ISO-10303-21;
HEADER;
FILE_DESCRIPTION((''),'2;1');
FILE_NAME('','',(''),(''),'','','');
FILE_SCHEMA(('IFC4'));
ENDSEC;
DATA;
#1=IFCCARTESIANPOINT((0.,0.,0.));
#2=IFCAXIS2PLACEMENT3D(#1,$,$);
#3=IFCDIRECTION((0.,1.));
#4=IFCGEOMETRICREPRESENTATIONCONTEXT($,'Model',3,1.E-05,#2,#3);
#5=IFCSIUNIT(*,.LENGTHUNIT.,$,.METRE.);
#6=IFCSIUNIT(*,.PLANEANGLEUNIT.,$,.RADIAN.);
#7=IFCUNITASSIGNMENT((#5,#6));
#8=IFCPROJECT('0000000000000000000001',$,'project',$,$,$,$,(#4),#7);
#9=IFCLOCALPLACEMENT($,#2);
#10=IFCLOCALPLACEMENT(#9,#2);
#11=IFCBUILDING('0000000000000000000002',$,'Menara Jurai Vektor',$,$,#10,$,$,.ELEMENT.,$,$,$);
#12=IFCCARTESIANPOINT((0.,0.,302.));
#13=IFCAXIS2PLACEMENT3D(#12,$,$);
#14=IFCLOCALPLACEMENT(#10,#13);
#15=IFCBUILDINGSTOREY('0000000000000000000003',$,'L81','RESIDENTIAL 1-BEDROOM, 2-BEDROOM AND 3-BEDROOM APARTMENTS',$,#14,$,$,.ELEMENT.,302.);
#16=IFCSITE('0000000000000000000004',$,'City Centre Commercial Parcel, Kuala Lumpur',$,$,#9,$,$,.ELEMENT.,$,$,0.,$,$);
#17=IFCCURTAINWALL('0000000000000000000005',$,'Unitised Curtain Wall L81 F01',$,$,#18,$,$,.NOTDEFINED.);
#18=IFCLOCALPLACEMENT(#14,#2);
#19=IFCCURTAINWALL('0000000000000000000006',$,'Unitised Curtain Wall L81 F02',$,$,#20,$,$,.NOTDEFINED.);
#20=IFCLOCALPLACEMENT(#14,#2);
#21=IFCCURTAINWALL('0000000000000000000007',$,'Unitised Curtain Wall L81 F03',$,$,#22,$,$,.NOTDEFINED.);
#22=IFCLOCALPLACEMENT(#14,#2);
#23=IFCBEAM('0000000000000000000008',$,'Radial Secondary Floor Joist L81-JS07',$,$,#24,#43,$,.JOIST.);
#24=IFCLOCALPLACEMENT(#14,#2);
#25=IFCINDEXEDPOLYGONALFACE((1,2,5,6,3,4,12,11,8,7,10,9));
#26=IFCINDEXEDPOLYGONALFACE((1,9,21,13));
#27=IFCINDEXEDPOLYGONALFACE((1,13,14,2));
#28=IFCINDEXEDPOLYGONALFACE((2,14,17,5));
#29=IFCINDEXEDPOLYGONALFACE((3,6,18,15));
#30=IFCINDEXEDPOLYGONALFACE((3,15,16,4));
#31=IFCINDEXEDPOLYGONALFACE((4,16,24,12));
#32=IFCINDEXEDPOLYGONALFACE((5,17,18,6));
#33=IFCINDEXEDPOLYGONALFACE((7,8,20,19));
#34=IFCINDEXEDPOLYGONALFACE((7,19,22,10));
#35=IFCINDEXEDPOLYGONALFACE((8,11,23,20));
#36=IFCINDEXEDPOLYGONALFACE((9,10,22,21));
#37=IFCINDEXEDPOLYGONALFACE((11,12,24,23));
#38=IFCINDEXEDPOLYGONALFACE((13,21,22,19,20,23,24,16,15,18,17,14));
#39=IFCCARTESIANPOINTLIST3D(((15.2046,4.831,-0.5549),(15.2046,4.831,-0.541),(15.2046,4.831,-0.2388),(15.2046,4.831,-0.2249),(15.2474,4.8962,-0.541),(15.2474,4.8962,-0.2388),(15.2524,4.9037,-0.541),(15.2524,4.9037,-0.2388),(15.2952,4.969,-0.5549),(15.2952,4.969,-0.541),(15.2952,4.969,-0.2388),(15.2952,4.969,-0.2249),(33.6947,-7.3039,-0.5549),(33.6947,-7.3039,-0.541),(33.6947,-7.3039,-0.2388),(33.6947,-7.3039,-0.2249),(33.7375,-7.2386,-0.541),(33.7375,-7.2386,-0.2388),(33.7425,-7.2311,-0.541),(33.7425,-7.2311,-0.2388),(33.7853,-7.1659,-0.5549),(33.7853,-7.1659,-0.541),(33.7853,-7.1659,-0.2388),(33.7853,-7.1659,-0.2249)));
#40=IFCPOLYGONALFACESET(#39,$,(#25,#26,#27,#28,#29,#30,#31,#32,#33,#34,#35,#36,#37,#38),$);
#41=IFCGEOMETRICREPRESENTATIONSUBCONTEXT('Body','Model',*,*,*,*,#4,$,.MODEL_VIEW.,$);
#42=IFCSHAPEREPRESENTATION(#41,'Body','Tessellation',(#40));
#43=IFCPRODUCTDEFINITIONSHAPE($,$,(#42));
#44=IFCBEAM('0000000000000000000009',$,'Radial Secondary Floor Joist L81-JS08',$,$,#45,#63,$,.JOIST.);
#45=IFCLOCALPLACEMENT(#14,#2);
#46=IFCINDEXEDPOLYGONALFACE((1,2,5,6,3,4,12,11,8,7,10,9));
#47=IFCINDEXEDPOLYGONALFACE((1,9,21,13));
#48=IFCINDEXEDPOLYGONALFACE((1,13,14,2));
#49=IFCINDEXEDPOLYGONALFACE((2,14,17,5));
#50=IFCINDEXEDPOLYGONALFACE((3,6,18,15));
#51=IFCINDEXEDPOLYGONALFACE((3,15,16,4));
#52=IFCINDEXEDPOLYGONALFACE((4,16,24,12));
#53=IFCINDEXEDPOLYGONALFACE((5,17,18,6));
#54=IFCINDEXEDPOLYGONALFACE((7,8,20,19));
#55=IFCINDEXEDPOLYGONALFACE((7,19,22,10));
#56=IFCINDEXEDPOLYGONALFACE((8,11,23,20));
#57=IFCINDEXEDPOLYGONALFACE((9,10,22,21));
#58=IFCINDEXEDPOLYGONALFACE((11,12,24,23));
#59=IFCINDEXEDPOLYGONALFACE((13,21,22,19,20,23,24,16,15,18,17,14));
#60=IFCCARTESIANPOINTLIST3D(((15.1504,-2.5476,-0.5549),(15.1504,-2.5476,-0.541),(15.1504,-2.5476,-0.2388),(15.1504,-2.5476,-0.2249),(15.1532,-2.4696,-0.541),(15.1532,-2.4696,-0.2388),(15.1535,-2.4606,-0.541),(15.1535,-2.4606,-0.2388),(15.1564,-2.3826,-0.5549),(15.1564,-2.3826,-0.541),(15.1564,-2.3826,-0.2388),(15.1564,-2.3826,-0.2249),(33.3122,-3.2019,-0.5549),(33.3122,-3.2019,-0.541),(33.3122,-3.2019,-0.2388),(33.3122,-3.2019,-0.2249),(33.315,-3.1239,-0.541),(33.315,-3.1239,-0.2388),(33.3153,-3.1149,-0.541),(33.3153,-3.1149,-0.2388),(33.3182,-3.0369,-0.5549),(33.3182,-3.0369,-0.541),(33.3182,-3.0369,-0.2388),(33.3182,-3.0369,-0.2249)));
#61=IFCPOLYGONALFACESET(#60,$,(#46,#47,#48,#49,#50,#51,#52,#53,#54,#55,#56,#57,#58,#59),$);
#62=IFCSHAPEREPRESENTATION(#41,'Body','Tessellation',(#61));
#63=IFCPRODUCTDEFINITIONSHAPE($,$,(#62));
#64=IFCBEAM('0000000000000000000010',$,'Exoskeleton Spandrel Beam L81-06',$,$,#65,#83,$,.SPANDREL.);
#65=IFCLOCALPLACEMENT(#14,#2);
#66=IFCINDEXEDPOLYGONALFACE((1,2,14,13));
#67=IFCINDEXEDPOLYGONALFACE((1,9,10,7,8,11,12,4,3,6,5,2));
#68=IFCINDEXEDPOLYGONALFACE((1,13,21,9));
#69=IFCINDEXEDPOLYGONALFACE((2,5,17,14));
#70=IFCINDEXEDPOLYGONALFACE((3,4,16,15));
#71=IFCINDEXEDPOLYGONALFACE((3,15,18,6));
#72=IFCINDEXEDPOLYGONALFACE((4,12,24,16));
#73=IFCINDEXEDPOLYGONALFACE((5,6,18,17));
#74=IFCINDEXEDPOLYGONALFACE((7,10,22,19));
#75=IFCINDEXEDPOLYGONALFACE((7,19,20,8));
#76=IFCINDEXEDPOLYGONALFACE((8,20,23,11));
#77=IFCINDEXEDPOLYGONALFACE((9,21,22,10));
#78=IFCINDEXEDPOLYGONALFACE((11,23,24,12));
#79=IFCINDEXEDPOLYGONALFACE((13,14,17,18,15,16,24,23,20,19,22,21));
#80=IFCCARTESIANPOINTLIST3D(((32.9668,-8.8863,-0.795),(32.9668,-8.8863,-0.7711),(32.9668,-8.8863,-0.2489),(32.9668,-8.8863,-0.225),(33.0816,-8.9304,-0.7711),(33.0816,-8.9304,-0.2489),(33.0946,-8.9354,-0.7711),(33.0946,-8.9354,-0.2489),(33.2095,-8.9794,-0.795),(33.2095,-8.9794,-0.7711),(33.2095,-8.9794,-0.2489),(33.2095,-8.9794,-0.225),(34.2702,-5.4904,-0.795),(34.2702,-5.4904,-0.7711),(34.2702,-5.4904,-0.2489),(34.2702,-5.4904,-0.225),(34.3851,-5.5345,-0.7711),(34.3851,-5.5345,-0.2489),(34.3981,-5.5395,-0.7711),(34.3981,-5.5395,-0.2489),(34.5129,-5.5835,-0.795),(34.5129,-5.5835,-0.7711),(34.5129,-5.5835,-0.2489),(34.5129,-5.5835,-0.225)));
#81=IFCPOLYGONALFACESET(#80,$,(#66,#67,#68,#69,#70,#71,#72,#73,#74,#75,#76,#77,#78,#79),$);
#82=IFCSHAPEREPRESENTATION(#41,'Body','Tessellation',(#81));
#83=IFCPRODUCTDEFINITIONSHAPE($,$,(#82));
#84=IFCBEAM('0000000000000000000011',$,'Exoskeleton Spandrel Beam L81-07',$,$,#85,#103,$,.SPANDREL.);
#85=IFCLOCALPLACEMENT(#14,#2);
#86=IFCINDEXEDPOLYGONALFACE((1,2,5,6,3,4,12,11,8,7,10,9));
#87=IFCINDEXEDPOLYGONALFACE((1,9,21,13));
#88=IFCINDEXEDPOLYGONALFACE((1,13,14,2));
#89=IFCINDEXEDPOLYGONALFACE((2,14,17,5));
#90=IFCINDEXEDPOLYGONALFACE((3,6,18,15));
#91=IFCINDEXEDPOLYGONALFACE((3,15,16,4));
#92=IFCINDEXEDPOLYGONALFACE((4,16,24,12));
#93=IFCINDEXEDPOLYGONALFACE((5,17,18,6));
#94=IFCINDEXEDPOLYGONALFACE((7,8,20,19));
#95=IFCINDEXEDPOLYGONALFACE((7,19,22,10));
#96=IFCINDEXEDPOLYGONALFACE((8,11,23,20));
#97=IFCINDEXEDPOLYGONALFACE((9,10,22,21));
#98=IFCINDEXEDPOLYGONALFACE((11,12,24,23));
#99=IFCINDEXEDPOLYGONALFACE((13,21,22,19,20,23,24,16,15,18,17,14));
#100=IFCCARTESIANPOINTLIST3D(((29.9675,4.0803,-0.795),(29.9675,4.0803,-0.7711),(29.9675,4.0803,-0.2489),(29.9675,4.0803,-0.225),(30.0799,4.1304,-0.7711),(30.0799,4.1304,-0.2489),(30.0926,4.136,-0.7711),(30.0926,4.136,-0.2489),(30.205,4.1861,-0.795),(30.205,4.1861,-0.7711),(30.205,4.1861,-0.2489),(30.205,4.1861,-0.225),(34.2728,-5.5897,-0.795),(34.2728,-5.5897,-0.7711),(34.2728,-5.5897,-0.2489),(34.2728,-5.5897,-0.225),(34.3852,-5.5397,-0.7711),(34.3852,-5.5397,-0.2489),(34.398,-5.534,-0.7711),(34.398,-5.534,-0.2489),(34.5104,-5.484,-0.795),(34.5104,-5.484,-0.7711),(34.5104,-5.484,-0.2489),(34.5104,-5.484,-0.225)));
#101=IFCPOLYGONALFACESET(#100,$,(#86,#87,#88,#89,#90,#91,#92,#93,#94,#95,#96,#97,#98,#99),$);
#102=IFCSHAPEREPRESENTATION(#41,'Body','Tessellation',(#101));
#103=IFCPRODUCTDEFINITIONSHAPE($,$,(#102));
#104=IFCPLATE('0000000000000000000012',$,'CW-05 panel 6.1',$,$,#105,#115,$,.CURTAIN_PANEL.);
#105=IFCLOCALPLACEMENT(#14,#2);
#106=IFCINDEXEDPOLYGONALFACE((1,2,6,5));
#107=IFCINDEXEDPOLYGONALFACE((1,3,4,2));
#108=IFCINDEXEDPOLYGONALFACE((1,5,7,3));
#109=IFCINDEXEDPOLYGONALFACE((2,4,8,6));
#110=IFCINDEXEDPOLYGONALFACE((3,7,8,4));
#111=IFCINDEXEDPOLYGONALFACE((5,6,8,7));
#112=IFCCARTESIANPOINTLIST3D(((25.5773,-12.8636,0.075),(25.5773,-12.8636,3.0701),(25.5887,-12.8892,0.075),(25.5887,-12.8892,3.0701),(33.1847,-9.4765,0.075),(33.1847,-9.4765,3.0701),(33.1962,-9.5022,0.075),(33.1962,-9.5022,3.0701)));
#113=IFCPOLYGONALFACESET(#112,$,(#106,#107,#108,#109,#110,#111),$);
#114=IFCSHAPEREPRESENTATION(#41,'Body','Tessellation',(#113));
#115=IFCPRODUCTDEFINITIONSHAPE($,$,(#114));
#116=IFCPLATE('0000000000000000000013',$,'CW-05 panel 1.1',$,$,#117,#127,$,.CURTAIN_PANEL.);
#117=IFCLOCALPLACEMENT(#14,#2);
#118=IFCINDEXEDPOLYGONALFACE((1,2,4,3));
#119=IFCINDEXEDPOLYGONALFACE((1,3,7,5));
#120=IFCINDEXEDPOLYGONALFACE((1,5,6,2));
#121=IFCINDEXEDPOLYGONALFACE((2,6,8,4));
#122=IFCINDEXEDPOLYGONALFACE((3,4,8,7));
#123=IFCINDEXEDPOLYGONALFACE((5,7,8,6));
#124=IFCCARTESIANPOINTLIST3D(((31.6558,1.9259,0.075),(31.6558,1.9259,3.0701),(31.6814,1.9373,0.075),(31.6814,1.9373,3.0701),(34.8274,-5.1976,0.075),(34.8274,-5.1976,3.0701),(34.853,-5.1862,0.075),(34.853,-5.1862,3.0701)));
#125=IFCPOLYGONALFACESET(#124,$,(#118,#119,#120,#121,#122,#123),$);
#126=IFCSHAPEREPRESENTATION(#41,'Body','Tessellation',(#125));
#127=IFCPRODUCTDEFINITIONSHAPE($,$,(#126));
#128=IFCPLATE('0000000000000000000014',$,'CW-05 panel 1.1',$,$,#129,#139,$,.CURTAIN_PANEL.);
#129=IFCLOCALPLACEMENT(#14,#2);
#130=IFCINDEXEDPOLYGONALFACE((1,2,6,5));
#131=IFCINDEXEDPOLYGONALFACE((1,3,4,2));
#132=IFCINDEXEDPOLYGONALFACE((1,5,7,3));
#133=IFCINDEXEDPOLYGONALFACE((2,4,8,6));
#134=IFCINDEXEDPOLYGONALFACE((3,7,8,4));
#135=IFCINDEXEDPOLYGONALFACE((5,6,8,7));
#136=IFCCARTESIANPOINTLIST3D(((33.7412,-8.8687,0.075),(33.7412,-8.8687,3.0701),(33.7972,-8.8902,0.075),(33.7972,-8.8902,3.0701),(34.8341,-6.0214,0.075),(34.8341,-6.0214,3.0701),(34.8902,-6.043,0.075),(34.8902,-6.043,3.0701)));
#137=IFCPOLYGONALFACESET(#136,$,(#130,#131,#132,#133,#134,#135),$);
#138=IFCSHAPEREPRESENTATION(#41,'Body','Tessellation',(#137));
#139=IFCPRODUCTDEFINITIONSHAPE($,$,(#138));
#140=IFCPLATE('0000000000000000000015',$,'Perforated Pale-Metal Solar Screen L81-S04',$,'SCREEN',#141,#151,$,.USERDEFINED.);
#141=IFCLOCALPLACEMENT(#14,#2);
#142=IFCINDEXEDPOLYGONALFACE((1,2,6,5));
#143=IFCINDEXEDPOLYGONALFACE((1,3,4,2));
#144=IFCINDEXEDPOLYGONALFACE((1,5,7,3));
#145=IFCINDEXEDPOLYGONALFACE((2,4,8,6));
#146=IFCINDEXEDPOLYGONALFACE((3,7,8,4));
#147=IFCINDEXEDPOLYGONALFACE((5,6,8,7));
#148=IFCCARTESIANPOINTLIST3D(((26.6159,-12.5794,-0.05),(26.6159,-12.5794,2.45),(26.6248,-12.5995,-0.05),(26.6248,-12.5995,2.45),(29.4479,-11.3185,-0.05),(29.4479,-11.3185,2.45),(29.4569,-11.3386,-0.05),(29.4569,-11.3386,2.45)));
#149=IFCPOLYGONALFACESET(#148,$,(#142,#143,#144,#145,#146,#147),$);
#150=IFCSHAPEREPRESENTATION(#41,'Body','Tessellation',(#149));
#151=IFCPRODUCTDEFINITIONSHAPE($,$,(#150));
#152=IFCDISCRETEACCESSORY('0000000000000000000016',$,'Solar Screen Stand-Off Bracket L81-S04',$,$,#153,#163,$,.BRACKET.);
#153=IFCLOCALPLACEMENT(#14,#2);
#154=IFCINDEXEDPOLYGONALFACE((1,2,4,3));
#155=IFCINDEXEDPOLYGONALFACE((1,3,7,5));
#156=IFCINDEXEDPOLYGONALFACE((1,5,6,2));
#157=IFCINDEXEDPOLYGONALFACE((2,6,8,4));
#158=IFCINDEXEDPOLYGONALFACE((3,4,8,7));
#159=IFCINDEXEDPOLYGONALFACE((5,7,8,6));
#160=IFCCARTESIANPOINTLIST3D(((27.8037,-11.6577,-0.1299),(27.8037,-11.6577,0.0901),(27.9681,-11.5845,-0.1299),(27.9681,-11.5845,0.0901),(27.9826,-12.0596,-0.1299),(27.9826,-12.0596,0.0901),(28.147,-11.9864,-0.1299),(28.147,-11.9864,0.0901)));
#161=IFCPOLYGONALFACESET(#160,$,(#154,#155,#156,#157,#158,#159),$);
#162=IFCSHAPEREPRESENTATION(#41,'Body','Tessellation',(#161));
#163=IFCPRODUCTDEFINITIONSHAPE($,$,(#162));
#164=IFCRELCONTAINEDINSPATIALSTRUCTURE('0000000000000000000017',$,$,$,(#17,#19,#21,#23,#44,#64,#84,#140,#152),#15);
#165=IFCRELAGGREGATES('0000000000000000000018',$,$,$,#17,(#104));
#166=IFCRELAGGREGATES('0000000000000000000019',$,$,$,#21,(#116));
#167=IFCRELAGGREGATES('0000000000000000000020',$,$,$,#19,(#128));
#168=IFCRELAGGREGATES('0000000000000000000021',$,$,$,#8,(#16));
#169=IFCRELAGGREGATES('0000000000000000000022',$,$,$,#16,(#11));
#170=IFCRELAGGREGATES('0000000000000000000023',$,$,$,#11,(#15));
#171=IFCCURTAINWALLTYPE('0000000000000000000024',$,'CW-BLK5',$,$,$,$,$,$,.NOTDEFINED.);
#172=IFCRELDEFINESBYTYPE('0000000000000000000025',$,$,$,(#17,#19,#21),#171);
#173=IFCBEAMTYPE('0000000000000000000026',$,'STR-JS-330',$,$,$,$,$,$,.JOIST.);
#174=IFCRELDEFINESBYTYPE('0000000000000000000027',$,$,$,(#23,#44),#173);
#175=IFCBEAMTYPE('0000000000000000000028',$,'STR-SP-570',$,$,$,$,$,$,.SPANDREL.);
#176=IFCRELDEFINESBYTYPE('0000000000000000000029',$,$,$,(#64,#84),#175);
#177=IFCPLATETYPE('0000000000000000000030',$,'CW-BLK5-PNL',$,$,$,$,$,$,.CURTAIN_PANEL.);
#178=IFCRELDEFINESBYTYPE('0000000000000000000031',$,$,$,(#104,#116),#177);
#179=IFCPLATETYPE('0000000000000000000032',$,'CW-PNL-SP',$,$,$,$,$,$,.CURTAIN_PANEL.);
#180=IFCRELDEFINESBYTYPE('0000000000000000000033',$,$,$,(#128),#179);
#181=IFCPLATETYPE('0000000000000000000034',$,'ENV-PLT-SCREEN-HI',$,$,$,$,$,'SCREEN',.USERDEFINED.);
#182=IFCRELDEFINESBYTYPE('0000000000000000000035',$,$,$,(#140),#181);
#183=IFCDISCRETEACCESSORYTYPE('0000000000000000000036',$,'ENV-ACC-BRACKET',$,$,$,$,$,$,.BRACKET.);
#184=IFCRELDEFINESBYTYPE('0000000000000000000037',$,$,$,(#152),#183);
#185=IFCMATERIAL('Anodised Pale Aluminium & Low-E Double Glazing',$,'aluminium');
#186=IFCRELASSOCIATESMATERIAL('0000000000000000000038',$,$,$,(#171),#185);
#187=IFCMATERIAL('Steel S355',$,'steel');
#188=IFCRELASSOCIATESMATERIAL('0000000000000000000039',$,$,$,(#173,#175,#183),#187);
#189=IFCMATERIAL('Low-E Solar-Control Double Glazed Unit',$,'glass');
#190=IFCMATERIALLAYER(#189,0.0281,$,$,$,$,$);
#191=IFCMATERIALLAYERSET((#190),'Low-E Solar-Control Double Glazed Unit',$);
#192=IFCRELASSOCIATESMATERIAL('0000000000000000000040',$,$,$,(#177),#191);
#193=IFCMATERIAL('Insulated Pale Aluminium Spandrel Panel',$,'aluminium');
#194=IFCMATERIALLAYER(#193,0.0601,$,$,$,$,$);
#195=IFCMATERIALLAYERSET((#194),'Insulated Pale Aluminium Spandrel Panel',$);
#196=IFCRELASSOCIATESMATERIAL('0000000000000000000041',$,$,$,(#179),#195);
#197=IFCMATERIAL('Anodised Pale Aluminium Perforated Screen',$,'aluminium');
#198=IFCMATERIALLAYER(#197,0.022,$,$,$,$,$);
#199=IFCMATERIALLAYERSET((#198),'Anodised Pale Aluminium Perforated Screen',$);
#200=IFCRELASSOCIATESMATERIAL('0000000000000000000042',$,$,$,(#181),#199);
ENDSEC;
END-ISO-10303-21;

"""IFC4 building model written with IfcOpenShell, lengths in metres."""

from ifc_helpers import new_model, si_unit, direction, frame, origin, origin_2d, place, context, subcontext, project, spatial, rectangle, i_section, extrude, material, layer, layer_set, material_profile, profile_set, type_object, element, aggregate, save


model = new_model("IFC4")

# Units and contexts
model_context = context("Model", 3, precision=1e-05, world=origin(), true_north=direction((0.0, 1.0)))
body_context = subcontext(model_context, "Body", "Model", "MODEL_VIEW")
ifc_project = project(units=[si_unit("LENGTHUNIT", "METRE"), si_unit("PLANEANGLEUNIT", "RADIAN")], contexts=[model_context])

# Site, building, storey
site_placement = place(None, origin())
site = spatial("IfcSite", under=ifc_project, at=site_placement, Name="City Centre Commercial Parcel, Kuala Lumpur", CompositionType="ELEMENT", RefElevation=0.0)
building_placement = place(site_placement, origin())
building = spatial("IfcBuilding", under=site, at=building_placement, Name="Menara Jurai Vektor", CompositionType="ELEMENT")
storey_placement = place(building_placement, frame((0.0, 0.0, 302.0)))
storey = spatial("IfcBuildingStorey", under=building, at=storey_placement, Name="L81", Description="RESIDENTIAL 1-BEDROOM, 2-BEDROOM AND 3-BEDROOM APARTMENTS", CompositionType="ELEMENT", Elevation=302.0)

# Curtain walls
ifc_material_1 = material(Name="Anodised Pale Aluminium & Low-E Double Glazing", Category="aluminium")
curtain_wall_type = type_object("IfcCurtainWallType", Name="CW-BLK5", PredefinedType="NOTDEFINED", material=ifc_material_1)
curtain_wall_1_placement = place(storey_placement, origin())
curtain_wall_1 = element("IfcCurtainWall", 1, at=curtain_wall_1_placement, inside=storey, type_object=curtain_wall_type, Name="Unitised Curtain Wall L81 F01", PredefinedType="NOTDEFINED")
curtain_wall_2_placement = place(storey_placement, origin())
curtain_wall_2 = element("IfcCurtainWall", 2, at=curtain_wall_2_placement, inside=storey, type_object=curtain_wall_type, Name="Unitised Curtain Wall L81 F02", PredefinedType="NOTDEFINED")

# Curtain wall
curtain_wall_3_placement = place(storey_placement, origin())
curtain_wall_3 = element("IfcCurtainWall", 3, at=curtain_wall_3_placement, inside=storey, type_object=curtain_wall_type, Name="Unitised Curtain Wall L81 F03", PredefinedType="NOTDEFINED")

# Shared definitions
ifc_material_2 = material(Name="Steel S355", Category="steel")

# Beams
ifc_material_profile_1 = material_profile(ifc_material_2, i_section(OverallWidth=0.165, OverallDepth=0.3301, WebThickness=0.009, FlangeThickness=0.0139, at=origin_2d()), Name="PG 330x165x46")
ifc_profile_set_1 = profile_set([ifc_material_profile_1], Name="Steel S355")
beam_type_1 = type_object("IfcBeamType", Name="STR-JS-330", PredefinedType="JOIST", material=ifc_profile_set_1)
beam_1_placement = place(storey_placement, frame((33.74, -7.2349, -0.3899), z_axis=(-0.836033, 0.548679, 0.0), x_axis=(-0.548679, -0.836033, 0.0)))
element("IfcBeam", 4, at=beam_1_placement, inside=storey, type_object=beam_type_1, Name="Radial Secondary Floor Joist L81-JS07", PredefinedType="JOIST", context=body_context, shape_type="SweptSolid", body=[
    extrude(i_section(OverallWidth=0.165, OverallDepth=0.3301, WebThickness=0.009, FlangeThickness=0.0139, at=origin_2d()), origin(), (0.0, 0.0, 1.0), 22.1165),
])
beam_2_placement = place(storey_placement, frame((33.3152, -3.1194, -0.3899), z_axis=(-0.999352, 0.036003, 0.0), x_axis=(-0.036003, -0.999352, 0.0)))
element("IfcBeam", 5, at=beam_2_placement, inside=storey, type_object=beam_type_1, Name="Radial Secondary Floor Joist L81-JS08", PredefinedType="JOIST", context=body_context, shape_type="SweptSolid", body=[
    extrude(i_section(OverallWidth=0.165, OverallDepth=0.3301, WebThickness=0.009, FlangeThickness=0.0139, at=origin_2d()), origin(), (0.0, 0.0, 1.0), 18.1736),
])
ifc_material_profile_2 = material_profile(ifc_material_2, i_section(OverallWidth=0.26, OverallDepth=0.5701, WebThickness=0.0139, FlangeThickness=0.0239, at=origin_2d()), Name="PG 570x260x145")
ifc_profile_set_2 = profile_set([ifc_material_profile_2], Name="Steel S355")
beam_type_2 = type_object("IfcBeamType", Name="STR-SP-570", PredefinedType="SPANDREL", material=ifc_profile_set_2)
beam_3_placement = place(storey_placement, frame((33.0881, -8.9329, -0.51), z_axis=(0.358336, 0.933593, 0.0), x_axis=(-0.933593, 0.358336, 0.0)))
element("IfcBeam", 6, at=beam_3_placement, inside=storey, type_object=beam_type_2, Name="Exoskeleton Spandrel Beam L81-06", PredefinedType="SPANDREL", context=body_context, shape_type="SweptSolid", body=[
    extrude(i_section(OverallWidth=0.26, OverallDepth=0.5701, WebThickness=0.0139, FlangeThickness=0.0239, at=origin_2d()), origin(), (0.0, 0.0, 1.0), 3.6375),
])
beam_4_placement = place(storey_placement, frame((34.3916, -5.5369, -0.51), z_axis=(-0.406735, 0.913546, 0.0), x_axis=(-0.913546, -0.406735, 0.0)))
element("IfcBeam", 7, at=beam_4_placement, inside=storey, type_object=beam_type_2, Name="Exoskeleton Spandrel Beam L81-07", PredefinedType="SPANDREL", context=body_context, shape_type="SweptSolid", body=[
    extrude(i_section(OverallWidth=0.26, OverallDepth=0.5701, WebThickness=0.0139, FlangeThickness=0.0239, at=origin_2d()), origin(), (0.0, 0.0, 1.0), 10.5852),
])

# Plates
ifc_material_3 = material(Name="Low-E Solar-Control Double Glazed Unit", Category="glass")
ifc_layer_1 = layer(ifc_material_3, 0.0281)
ifc_layer_set_1 = layer_set([ifc_layer_1], Name="Low-E Solar-Control Double Glazed Unit")
plate_type_1 = type_object("IfcPlateType", Name="CW-BLK5-PNL", PredefinedType="CURTAIN_PANEL", material=ifc_layer_set_1)
plate_1_placement = place(storey_placement, frame((29.3867, -11.1829, 0.075), z_axis=(0.0, 0.0, 1.0), x_axis=(0.913546, 0.406735, 0.0)))
plate_1 = element("IfcPlate", 8, at=plate_1_placement, type_object=plate_type_1, Name="CW-05 panel 6.1", PredefinedType="CURTAIN_PANEL", context=body_context, shape_type="SweptSolid", body=[
    extrude(rectangle(XDim=8.3274, YDim=0.0281, at=origin_2d()), origin(), (0.0, 0.0, 1.0), 2.9951),
])
aggregate(curtain_wall_1, [plate_1])
plate_2_placement = place(storey_placement, frame((33.2544, -1.6301, 0.075), z_axis=(0.0, 0.0, 1.0), x_axis=(-0.406735, 0.913546, 0.0)))
plate_2 = element("IfcPlate", 9, at=plate_2_placement, type_object=plate_type_1, Name="CW-05 panel 1.1", PredefinedType="CURTAIN_PANEL", context=body_context, shape_type="SweptSolid", body=[
    extrude(rectangle(XDim=7.7976, YDim=0.0281, at=origin_2d()), origin(), (0.0, 0.0, 1.0), 2.9951),
])
aggregate(curtain_wall_3, [plate_2])
ifc_material_4 = material(Name="Insulated Pale Aluminium Spandrel Panel", Category="aluminium")
ifc_layer_2 = layer(ifc_material_4, 0.0601)
ifc_layer_set_2 = layer_set([ifc_layer_2], Name="Insulated Pale Aluminium Spandrel Panel")
plate_type_2 = type_object("IfcPlateType", Name="CW-PNL-SP", PredefinedType="CURTAIN_PANEL", material=ifc_layer_set_2)
plate_3_placement = place(storey_placement, frame((34.3157, -7.4558, 0.075), z_axis=(0.0, 0.0, 1.0), x_axis=(0.358374, 0.933578, 0.0)))
plate_3 = element("IfcPlate", 10, at=plate_3_placement, type_object=plate_type_2, Name="CW-05 panel 1.1", PredefinedType="CURTAIN_PANEL", context=body_context, shape_type="SweptSolid", body=[
    extrude(rectangle(XDim=3.0498, YDim=0.0601, at=origin_2d()), origin(), (0.0, 0.0, 1.0), 2.9951),
])
aggregate(curtain_wall_2, [plate_3])
ifc_material_5 = material(Name="Anodised Pale Aluminium Perforated Screen", Category="aluminium")
ifc_layer_3 = layer(ifc_material_5, 0.022)
ifc_layer_set_3 = layer_set([ifc_layer_3], Name="Anodised Pale Aluminium Perforated Screen")
plate_type_3 = type_object("IfcPlateType", Name="ENV-PLT-SCREEN-HI", ElementType="SCREEN", PredefinedType="USERDEFINED", material=ifc_layer_set_3)
plate_4_placement = place(storey_placement, frame((28.0364, -11.959, -0.05), z_axis=(0.0, 0.0, 1.0), x_axis=(0.913545, 0.406737, 0.0)))
element("IfcPlate", 11, at=plate_4_placement, inside=storey, type_object=plate_type_3, Name="Perforated Pale-Metal Solar Screen L81-S04", ObjectType="SCREEN", PredefinedType="USERDEFINED", context=body_context, shape_type="SweptSolid", body=[
    extrude(rectangle(XDim=3.1001, YDim=0.022, at=origin_2d()), origin(), (0.0, 0.0, 1.0), 2.5),
])

# Discrete accessory
discrete_accessory_type = type_object("IfcDiscreteAccessoryType", Name="ENV-ACC-BRACKET", PredefinedType="BRACKET", material=ifc_material_2)
discrete_accessory_placement = place(storey_placement, frame((27.9753, -11.822, -0.1299), z_axis=(0.0, 0.0, 1.0), x_axis=(0.913545, 0.406737, 0.0)))
element("IfcDiscreteAccessory", 12, at=discrete_accessory_placement, inside=storey, type_object=discrete_accessory_type, Name="Solar Screen Stand-Off Bracket L81-S04", PredefinedType="BRACKET", context=body_context, shape_type="SweptSolid", body=[
    extrude(rectangle(XDim=0.1799, YDim=0.4399, at=origin_2d()), origin(), (0.0, 0.0, 1.0), 0.22),
])

save(model, "model.ifc")
